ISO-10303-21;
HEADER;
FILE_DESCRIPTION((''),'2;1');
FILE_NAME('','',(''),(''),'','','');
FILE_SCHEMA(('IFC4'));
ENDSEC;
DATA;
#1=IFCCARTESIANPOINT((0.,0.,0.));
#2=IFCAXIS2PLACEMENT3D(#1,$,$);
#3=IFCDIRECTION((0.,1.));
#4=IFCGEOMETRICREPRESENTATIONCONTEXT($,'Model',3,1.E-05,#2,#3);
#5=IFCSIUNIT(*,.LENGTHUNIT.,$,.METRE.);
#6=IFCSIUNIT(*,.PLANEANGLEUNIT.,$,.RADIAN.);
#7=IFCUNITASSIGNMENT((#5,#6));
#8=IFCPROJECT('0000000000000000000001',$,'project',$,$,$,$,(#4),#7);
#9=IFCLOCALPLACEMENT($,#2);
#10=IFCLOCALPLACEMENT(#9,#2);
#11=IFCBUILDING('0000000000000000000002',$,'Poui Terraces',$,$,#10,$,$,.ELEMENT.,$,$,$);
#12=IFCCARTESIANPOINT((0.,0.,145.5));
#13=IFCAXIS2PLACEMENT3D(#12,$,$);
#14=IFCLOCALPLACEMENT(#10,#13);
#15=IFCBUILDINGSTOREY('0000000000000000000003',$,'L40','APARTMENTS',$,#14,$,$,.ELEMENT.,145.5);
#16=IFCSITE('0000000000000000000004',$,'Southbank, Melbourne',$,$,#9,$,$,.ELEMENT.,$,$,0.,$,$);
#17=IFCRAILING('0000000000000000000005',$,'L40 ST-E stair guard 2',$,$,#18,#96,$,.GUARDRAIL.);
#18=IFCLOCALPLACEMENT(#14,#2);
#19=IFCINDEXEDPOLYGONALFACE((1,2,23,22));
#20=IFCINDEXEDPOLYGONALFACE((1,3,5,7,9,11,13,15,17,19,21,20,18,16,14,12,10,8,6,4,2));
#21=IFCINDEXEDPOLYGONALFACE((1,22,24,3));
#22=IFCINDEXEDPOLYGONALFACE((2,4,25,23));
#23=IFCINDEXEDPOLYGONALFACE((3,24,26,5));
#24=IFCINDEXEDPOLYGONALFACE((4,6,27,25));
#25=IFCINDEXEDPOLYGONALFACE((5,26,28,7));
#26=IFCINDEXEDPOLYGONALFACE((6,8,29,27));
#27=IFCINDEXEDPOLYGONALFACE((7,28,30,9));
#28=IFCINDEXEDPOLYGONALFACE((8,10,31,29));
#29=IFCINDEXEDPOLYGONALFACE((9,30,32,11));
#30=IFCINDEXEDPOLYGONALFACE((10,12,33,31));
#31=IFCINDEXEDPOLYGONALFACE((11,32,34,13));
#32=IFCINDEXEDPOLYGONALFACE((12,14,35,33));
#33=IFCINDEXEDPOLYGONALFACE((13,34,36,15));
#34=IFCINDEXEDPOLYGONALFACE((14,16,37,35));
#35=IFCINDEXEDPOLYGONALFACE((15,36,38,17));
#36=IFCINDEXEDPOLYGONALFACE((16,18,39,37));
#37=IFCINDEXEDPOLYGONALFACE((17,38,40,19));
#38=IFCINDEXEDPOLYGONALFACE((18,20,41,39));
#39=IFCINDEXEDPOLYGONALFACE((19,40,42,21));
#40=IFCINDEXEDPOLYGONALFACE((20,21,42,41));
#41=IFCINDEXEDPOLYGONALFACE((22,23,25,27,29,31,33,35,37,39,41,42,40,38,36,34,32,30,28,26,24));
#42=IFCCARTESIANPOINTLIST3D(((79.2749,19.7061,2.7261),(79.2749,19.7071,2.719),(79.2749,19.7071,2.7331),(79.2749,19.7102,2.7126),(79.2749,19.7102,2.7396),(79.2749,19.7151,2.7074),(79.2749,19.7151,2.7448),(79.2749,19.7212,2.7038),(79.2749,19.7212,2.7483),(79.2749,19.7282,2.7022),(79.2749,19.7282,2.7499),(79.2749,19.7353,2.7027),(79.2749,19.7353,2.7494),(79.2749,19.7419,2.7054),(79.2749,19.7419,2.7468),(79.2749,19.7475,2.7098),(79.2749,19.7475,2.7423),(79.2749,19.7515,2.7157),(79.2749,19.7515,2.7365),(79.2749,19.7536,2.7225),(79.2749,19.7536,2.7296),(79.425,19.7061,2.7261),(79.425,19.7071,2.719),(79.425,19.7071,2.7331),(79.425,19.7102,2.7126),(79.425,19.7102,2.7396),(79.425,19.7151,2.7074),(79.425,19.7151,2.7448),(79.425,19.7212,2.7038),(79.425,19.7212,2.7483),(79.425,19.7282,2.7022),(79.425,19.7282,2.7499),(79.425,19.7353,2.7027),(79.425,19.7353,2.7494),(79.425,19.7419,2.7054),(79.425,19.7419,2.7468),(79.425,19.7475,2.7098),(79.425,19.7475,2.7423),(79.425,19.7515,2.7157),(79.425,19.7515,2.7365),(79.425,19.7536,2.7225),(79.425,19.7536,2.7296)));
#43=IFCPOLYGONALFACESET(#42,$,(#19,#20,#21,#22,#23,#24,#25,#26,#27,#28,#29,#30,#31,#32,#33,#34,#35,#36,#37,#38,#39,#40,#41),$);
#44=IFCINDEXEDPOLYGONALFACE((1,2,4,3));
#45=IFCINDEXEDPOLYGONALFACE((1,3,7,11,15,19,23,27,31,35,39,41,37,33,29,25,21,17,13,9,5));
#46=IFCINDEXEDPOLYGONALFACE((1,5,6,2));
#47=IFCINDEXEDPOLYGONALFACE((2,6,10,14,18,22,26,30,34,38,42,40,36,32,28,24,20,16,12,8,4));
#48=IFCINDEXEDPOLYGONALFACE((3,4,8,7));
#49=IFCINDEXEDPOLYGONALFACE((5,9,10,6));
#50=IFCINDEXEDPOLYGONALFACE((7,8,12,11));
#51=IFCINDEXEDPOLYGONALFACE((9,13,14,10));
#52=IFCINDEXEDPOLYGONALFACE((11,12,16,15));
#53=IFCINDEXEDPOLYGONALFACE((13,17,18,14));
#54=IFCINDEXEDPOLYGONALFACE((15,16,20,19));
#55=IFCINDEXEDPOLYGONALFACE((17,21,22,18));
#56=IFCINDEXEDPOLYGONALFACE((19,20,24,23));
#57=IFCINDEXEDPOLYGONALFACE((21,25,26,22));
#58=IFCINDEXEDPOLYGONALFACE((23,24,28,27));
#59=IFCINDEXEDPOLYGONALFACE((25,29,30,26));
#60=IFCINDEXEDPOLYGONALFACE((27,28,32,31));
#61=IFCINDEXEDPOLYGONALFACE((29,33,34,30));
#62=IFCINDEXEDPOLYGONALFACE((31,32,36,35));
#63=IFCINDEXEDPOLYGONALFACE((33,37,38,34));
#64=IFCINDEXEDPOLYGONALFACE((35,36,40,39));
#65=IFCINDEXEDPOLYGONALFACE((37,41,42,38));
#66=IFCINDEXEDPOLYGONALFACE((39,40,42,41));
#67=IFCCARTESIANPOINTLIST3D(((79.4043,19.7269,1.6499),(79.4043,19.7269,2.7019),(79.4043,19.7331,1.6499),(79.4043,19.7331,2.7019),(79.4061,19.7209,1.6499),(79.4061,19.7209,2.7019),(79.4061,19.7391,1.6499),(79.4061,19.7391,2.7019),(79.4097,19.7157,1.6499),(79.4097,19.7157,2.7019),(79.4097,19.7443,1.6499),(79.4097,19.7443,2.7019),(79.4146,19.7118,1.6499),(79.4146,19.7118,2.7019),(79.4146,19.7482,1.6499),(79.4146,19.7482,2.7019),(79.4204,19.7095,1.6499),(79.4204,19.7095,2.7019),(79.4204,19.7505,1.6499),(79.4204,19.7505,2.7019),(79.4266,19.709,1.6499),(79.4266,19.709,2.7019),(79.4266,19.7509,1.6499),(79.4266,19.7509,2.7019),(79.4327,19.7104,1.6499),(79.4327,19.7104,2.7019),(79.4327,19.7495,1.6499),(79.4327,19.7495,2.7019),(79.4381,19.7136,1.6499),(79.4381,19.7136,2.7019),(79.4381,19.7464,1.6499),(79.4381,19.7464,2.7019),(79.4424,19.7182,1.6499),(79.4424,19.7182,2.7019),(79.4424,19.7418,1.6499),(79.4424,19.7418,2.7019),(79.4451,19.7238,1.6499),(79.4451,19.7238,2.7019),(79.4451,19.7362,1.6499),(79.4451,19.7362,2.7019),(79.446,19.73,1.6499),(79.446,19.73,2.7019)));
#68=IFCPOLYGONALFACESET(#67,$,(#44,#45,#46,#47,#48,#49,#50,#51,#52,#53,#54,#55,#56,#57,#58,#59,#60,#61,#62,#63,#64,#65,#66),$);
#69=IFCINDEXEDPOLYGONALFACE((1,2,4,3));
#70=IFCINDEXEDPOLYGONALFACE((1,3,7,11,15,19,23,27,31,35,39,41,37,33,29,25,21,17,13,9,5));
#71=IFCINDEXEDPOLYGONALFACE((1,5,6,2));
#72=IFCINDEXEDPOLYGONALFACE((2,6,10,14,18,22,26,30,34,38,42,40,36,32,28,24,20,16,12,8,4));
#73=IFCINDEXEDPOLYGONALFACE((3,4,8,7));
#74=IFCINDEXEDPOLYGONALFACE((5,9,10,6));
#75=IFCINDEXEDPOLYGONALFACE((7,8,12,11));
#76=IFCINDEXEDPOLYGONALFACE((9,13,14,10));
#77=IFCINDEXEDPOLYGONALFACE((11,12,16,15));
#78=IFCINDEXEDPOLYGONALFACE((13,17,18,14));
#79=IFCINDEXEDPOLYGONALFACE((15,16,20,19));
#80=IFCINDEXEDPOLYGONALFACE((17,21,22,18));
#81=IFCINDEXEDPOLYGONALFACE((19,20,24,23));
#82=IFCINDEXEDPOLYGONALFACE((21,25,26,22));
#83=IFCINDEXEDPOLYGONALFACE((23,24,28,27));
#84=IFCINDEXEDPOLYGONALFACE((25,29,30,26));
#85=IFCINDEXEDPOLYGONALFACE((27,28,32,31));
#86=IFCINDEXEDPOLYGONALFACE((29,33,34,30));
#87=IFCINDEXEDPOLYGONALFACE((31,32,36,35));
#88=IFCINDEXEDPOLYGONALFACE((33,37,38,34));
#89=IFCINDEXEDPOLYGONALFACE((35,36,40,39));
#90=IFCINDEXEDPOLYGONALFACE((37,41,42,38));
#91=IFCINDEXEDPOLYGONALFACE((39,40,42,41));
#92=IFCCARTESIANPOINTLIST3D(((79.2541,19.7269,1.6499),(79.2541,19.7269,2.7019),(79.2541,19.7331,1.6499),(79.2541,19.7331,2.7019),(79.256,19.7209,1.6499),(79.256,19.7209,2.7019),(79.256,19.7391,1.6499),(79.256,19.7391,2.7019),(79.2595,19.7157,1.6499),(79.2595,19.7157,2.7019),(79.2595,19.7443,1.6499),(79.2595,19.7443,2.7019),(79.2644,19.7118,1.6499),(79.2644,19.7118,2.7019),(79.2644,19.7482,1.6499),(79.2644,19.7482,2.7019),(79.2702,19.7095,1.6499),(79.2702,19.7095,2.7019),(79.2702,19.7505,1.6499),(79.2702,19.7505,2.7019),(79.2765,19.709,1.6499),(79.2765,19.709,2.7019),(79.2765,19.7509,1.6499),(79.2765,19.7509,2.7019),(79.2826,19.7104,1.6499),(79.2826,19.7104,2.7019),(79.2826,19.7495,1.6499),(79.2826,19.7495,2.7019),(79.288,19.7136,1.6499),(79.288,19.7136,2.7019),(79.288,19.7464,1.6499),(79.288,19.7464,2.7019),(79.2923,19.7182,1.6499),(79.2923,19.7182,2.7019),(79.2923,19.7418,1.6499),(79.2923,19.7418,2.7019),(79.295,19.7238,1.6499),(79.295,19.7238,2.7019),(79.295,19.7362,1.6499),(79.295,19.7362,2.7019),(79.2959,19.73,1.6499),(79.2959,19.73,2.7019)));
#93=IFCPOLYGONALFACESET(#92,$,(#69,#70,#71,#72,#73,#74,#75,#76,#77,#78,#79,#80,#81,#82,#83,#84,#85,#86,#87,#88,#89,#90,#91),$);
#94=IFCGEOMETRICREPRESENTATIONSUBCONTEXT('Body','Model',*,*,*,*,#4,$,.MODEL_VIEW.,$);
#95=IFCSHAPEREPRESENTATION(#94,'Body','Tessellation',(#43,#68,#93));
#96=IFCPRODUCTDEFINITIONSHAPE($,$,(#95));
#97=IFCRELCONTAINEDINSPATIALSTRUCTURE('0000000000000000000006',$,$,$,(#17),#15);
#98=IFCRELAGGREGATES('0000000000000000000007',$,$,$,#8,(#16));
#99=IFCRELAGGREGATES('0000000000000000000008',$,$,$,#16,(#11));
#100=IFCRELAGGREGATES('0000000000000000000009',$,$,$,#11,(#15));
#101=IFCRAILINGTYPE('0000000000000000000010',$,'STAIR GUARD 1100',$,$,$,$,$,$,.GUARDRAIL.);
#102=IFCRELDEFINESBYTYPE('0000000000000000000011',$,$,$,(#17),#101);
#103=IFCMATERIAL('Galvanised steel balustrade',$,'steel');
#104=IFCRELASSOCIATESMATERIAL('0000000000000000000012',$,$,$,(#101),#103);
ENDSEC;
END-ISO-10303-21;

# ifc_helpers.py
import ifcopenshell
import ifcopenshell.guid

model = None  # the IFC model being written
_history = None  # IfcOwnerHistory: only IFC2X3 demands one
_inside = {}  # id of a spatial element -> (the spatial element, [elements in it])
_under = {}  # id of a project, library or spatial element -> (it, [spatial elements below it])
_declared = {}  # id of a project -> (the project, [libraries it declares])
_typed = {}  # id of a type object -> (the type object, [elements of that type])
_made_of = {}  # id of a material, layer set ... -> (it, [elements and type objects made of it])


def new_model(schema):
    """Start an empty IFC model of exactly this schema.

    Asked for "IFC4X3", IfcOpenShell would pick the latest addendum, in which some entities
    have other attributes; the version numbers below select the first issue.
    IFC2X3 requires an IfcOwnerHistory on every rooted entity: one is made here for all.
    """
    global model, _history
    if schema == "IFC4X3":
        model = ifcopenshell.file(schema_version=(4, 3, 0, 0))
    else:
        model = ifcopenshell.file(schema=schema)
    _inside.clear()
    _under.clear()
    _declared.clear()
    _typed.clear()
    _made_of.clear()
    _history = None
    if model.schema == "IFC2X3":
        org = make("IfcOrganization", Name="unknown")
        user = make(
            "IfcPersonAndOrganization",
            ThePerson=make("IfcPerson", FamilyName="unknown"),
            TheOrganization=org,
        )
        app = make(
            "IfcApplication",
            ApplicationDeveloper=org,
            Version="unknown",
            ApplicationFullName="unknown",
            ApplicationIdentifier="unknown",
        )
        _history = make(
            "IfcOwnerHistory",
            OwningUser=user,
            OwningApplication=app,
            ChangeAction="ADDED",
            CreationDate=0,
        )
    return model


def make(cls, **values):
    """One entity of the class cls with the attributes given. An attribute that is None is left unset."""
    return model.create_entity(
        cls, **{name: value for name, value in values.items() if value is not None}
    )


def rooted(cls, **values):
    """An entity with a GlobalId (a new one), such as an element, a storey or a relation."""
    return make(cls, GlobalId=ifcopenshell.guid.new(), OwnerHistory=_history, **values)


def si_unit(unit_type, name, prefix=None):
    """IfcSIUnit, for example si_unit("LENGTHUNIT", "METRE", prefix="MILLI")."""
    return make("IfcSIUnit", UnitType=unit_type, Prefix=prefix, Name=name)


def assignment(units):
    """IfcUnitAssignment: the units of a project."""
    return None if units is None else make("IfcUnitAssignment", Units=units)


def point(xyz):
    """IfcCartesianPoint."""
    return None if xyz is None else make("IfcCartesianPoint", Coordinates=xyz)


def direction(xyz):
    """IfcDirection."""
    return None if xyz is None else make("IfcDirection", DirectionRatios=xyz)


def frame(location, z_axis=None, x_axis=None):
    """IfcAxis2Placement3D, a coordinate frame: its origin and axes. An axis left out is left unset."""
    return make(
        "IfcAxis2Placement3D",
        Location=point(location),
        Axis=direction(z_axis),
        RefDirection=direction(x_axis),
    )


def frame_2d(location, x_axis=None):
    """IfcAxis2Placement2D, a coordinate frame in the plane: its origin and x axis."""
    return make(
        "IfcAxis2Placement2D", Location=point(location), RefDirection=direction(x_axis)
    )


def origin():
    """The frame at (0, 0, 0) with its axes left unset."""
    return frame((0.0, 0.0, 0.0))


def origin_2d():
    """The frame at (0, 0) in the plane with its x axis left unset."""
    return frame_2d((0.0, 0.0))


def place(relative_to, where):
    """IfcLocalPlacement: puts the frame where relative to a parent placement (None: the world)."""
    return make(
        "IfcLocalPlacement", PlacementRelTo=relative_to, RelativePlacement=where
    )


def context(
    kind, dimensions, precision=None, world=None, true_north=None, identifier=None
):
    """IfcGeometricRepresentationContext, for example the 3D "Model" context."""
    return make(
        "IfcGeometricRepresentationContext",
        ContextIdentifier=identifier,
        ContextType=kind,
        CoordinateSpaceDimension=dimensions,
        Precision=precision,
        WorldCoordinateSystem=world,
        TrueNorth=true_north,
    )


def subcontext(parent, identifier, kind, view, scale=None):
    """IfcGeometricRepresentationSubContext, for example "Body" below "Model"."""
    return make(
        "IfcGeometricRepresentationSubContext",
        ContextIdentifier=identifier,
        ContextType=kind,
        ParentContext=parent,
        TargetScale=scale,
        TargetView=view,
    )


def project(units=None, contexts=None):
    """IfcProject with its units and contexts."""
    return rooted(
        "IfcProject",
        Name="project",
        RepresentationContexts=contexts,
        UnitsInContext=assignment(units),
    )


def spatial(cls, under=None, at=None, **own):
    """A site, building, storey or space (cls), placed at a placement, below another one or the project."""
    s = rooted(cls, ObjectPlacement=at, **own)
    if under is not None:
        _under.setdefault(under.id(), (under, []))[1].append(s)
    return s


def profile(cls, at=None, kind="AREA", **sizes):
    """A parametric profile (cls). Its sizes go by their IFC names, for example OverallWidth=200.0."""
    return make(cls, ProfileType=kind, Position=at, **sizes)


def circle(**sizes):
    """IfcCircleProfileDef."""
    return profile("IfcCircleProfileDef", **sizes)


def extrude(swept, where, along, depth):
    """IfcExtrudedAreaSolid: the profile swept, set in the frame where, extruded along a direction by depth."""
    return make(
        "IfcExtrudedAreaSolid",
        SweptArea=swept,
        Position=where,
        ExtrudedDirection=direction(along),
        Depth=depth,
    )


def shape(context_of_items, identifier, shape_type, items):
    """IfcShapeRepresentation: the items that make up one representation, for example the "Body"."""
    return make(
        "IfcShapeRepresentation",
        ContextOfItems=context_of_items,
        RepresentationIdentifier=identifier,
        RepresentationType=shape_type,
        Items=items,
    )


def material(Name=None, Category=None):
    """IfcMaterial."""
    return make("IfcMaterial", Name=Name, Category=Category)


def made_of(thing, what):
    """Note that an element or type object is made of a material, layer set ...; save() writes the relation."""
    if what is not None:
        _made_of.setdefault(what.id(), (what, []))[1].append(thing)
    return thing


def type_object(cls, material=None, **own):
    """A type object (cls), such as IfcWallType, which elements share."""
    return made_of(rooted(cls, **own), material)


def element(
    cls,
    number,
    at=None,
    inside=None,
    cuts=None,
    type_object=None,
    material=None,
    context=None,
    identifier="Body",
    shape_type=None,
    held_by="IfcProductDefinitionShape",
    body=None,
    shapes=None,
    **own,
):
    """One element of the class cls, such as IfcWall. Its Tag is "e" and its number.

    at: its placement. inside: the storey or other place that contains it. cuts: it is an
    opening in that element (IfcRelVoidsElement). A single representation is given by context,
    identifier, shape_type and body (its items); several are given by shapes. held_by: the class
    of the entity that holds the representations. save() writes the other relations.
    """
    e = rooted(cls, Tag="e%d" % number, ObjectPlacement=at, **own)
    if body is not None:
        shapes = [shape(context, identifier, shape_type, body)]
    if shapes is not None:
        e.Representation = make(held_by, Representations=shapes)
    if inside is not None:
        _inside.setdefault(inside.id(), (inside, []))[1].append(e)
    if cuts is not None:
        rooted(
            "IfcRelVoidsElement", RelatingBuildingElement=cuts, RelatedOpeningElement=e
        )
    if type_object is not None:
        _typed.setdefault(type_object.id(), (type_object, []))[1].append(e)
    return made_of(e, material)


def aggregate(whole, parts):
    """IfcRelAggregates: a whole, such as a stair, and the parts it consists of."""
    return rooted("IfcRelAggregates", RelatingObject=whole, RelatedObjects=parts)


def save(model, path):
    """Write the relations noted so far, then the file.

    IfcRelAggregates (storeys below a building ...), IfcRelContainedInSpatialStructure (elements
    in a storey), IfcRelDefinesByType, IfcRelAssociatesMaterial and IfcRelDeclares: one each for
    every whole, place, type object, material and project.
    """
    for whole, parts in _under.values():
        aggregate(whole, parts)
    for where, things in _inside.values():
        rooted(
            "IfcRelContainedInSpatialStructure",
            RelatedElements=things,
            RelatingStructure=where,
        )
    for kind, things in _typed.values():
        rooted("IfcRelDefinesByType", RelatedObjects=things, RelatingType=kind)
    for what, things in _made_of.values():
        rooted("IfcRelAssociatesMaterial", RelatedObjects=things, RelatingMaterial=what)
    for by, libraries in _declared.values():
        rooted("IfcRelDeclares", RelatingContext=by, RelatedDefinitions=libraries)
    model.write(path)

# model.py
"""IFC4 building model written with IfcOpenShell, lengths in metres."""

from ifc_helpers import new_model, si_unit, direction, frame, origin, origin_2d, place, context, subcontext, project, spatial, circle, extrude, material, type_object, element, save


model = new_model("IFC4")

# Units and contexts
model_context = context("Model", 3, precision=1e-05, world=origin(), true_north=direction((0.0, 1.0)))
body_context = subcontext(model_context, "Body", "Model", "MODEL_VIEW")
ifc_project = project(units=[si_unit("LENGTHUNIT", "METRE"), si_unit("PLANEANGLEUNIT", "RADIAN")], contexts=[model_context])

# Site, building, storey
site_placement = place(None, origin())
site = spatial("IfcSite", under=ifc_project, at=site_placement, Name="Southbank, Melbourne", CompositionType="ELEMENT", RefElevation=0.0)
building_placement = place(site_placement, origin())
building = spatial("IfcBuilding", under=site, at=building_placement, Name="Poui Terraces", CompositionType="ELEMENT")
storey_placement = place(building_placement, frame((0.0, 0.0, 145.5)))
storey = spatial("IfcBuildingStorey", under=building, at=storey_placement, Name="L40", Description="APARTMENTS", CompositionType="ELEMENT", Elevation=145.5)

# Railing
ifc_material_1 = material(Name="Galvanised steel balustrade", Category="steel")
railing_type_1 = type_object("IfcRailingType", Name="STAIR GUARD 1100", PredefinedType="GUARDRAIL", material=ifc_material_1)
railing_1_placement = place(storey_placement, frame((79.425, 19.73, 1.6499)))
element("IfcRailing", 1, at=railing_1_placement, inside=storey, type_object=railing_type_1, Name="L40 ST-E stair guard 2", PredefinedType="GUARDRAIL", context=body_context, shape_type="SweptSolid", body=[
    extrude(circle(Radius=0.0239, at=origin_2d()), frame((0.0, 0.0, 1.0762), z_axis=(-1.0, 0.0, 0.0), x_axis=(0.0, -1.0, 0.0)), (0.0, 0.0, 1.0), 0.1501),
    extrude(circle(Radius=0.021, at=origin_2d()), origin(), (0.0, 0.0, 1.0), 1.052),
    extrude(circle(Radius=0.021, at=origin_2d()), frame((-0.1501, 0.0, 0.0)), (0.0, 0.0, 1.0), 1.052),
])

save(model, "model.ifc")
